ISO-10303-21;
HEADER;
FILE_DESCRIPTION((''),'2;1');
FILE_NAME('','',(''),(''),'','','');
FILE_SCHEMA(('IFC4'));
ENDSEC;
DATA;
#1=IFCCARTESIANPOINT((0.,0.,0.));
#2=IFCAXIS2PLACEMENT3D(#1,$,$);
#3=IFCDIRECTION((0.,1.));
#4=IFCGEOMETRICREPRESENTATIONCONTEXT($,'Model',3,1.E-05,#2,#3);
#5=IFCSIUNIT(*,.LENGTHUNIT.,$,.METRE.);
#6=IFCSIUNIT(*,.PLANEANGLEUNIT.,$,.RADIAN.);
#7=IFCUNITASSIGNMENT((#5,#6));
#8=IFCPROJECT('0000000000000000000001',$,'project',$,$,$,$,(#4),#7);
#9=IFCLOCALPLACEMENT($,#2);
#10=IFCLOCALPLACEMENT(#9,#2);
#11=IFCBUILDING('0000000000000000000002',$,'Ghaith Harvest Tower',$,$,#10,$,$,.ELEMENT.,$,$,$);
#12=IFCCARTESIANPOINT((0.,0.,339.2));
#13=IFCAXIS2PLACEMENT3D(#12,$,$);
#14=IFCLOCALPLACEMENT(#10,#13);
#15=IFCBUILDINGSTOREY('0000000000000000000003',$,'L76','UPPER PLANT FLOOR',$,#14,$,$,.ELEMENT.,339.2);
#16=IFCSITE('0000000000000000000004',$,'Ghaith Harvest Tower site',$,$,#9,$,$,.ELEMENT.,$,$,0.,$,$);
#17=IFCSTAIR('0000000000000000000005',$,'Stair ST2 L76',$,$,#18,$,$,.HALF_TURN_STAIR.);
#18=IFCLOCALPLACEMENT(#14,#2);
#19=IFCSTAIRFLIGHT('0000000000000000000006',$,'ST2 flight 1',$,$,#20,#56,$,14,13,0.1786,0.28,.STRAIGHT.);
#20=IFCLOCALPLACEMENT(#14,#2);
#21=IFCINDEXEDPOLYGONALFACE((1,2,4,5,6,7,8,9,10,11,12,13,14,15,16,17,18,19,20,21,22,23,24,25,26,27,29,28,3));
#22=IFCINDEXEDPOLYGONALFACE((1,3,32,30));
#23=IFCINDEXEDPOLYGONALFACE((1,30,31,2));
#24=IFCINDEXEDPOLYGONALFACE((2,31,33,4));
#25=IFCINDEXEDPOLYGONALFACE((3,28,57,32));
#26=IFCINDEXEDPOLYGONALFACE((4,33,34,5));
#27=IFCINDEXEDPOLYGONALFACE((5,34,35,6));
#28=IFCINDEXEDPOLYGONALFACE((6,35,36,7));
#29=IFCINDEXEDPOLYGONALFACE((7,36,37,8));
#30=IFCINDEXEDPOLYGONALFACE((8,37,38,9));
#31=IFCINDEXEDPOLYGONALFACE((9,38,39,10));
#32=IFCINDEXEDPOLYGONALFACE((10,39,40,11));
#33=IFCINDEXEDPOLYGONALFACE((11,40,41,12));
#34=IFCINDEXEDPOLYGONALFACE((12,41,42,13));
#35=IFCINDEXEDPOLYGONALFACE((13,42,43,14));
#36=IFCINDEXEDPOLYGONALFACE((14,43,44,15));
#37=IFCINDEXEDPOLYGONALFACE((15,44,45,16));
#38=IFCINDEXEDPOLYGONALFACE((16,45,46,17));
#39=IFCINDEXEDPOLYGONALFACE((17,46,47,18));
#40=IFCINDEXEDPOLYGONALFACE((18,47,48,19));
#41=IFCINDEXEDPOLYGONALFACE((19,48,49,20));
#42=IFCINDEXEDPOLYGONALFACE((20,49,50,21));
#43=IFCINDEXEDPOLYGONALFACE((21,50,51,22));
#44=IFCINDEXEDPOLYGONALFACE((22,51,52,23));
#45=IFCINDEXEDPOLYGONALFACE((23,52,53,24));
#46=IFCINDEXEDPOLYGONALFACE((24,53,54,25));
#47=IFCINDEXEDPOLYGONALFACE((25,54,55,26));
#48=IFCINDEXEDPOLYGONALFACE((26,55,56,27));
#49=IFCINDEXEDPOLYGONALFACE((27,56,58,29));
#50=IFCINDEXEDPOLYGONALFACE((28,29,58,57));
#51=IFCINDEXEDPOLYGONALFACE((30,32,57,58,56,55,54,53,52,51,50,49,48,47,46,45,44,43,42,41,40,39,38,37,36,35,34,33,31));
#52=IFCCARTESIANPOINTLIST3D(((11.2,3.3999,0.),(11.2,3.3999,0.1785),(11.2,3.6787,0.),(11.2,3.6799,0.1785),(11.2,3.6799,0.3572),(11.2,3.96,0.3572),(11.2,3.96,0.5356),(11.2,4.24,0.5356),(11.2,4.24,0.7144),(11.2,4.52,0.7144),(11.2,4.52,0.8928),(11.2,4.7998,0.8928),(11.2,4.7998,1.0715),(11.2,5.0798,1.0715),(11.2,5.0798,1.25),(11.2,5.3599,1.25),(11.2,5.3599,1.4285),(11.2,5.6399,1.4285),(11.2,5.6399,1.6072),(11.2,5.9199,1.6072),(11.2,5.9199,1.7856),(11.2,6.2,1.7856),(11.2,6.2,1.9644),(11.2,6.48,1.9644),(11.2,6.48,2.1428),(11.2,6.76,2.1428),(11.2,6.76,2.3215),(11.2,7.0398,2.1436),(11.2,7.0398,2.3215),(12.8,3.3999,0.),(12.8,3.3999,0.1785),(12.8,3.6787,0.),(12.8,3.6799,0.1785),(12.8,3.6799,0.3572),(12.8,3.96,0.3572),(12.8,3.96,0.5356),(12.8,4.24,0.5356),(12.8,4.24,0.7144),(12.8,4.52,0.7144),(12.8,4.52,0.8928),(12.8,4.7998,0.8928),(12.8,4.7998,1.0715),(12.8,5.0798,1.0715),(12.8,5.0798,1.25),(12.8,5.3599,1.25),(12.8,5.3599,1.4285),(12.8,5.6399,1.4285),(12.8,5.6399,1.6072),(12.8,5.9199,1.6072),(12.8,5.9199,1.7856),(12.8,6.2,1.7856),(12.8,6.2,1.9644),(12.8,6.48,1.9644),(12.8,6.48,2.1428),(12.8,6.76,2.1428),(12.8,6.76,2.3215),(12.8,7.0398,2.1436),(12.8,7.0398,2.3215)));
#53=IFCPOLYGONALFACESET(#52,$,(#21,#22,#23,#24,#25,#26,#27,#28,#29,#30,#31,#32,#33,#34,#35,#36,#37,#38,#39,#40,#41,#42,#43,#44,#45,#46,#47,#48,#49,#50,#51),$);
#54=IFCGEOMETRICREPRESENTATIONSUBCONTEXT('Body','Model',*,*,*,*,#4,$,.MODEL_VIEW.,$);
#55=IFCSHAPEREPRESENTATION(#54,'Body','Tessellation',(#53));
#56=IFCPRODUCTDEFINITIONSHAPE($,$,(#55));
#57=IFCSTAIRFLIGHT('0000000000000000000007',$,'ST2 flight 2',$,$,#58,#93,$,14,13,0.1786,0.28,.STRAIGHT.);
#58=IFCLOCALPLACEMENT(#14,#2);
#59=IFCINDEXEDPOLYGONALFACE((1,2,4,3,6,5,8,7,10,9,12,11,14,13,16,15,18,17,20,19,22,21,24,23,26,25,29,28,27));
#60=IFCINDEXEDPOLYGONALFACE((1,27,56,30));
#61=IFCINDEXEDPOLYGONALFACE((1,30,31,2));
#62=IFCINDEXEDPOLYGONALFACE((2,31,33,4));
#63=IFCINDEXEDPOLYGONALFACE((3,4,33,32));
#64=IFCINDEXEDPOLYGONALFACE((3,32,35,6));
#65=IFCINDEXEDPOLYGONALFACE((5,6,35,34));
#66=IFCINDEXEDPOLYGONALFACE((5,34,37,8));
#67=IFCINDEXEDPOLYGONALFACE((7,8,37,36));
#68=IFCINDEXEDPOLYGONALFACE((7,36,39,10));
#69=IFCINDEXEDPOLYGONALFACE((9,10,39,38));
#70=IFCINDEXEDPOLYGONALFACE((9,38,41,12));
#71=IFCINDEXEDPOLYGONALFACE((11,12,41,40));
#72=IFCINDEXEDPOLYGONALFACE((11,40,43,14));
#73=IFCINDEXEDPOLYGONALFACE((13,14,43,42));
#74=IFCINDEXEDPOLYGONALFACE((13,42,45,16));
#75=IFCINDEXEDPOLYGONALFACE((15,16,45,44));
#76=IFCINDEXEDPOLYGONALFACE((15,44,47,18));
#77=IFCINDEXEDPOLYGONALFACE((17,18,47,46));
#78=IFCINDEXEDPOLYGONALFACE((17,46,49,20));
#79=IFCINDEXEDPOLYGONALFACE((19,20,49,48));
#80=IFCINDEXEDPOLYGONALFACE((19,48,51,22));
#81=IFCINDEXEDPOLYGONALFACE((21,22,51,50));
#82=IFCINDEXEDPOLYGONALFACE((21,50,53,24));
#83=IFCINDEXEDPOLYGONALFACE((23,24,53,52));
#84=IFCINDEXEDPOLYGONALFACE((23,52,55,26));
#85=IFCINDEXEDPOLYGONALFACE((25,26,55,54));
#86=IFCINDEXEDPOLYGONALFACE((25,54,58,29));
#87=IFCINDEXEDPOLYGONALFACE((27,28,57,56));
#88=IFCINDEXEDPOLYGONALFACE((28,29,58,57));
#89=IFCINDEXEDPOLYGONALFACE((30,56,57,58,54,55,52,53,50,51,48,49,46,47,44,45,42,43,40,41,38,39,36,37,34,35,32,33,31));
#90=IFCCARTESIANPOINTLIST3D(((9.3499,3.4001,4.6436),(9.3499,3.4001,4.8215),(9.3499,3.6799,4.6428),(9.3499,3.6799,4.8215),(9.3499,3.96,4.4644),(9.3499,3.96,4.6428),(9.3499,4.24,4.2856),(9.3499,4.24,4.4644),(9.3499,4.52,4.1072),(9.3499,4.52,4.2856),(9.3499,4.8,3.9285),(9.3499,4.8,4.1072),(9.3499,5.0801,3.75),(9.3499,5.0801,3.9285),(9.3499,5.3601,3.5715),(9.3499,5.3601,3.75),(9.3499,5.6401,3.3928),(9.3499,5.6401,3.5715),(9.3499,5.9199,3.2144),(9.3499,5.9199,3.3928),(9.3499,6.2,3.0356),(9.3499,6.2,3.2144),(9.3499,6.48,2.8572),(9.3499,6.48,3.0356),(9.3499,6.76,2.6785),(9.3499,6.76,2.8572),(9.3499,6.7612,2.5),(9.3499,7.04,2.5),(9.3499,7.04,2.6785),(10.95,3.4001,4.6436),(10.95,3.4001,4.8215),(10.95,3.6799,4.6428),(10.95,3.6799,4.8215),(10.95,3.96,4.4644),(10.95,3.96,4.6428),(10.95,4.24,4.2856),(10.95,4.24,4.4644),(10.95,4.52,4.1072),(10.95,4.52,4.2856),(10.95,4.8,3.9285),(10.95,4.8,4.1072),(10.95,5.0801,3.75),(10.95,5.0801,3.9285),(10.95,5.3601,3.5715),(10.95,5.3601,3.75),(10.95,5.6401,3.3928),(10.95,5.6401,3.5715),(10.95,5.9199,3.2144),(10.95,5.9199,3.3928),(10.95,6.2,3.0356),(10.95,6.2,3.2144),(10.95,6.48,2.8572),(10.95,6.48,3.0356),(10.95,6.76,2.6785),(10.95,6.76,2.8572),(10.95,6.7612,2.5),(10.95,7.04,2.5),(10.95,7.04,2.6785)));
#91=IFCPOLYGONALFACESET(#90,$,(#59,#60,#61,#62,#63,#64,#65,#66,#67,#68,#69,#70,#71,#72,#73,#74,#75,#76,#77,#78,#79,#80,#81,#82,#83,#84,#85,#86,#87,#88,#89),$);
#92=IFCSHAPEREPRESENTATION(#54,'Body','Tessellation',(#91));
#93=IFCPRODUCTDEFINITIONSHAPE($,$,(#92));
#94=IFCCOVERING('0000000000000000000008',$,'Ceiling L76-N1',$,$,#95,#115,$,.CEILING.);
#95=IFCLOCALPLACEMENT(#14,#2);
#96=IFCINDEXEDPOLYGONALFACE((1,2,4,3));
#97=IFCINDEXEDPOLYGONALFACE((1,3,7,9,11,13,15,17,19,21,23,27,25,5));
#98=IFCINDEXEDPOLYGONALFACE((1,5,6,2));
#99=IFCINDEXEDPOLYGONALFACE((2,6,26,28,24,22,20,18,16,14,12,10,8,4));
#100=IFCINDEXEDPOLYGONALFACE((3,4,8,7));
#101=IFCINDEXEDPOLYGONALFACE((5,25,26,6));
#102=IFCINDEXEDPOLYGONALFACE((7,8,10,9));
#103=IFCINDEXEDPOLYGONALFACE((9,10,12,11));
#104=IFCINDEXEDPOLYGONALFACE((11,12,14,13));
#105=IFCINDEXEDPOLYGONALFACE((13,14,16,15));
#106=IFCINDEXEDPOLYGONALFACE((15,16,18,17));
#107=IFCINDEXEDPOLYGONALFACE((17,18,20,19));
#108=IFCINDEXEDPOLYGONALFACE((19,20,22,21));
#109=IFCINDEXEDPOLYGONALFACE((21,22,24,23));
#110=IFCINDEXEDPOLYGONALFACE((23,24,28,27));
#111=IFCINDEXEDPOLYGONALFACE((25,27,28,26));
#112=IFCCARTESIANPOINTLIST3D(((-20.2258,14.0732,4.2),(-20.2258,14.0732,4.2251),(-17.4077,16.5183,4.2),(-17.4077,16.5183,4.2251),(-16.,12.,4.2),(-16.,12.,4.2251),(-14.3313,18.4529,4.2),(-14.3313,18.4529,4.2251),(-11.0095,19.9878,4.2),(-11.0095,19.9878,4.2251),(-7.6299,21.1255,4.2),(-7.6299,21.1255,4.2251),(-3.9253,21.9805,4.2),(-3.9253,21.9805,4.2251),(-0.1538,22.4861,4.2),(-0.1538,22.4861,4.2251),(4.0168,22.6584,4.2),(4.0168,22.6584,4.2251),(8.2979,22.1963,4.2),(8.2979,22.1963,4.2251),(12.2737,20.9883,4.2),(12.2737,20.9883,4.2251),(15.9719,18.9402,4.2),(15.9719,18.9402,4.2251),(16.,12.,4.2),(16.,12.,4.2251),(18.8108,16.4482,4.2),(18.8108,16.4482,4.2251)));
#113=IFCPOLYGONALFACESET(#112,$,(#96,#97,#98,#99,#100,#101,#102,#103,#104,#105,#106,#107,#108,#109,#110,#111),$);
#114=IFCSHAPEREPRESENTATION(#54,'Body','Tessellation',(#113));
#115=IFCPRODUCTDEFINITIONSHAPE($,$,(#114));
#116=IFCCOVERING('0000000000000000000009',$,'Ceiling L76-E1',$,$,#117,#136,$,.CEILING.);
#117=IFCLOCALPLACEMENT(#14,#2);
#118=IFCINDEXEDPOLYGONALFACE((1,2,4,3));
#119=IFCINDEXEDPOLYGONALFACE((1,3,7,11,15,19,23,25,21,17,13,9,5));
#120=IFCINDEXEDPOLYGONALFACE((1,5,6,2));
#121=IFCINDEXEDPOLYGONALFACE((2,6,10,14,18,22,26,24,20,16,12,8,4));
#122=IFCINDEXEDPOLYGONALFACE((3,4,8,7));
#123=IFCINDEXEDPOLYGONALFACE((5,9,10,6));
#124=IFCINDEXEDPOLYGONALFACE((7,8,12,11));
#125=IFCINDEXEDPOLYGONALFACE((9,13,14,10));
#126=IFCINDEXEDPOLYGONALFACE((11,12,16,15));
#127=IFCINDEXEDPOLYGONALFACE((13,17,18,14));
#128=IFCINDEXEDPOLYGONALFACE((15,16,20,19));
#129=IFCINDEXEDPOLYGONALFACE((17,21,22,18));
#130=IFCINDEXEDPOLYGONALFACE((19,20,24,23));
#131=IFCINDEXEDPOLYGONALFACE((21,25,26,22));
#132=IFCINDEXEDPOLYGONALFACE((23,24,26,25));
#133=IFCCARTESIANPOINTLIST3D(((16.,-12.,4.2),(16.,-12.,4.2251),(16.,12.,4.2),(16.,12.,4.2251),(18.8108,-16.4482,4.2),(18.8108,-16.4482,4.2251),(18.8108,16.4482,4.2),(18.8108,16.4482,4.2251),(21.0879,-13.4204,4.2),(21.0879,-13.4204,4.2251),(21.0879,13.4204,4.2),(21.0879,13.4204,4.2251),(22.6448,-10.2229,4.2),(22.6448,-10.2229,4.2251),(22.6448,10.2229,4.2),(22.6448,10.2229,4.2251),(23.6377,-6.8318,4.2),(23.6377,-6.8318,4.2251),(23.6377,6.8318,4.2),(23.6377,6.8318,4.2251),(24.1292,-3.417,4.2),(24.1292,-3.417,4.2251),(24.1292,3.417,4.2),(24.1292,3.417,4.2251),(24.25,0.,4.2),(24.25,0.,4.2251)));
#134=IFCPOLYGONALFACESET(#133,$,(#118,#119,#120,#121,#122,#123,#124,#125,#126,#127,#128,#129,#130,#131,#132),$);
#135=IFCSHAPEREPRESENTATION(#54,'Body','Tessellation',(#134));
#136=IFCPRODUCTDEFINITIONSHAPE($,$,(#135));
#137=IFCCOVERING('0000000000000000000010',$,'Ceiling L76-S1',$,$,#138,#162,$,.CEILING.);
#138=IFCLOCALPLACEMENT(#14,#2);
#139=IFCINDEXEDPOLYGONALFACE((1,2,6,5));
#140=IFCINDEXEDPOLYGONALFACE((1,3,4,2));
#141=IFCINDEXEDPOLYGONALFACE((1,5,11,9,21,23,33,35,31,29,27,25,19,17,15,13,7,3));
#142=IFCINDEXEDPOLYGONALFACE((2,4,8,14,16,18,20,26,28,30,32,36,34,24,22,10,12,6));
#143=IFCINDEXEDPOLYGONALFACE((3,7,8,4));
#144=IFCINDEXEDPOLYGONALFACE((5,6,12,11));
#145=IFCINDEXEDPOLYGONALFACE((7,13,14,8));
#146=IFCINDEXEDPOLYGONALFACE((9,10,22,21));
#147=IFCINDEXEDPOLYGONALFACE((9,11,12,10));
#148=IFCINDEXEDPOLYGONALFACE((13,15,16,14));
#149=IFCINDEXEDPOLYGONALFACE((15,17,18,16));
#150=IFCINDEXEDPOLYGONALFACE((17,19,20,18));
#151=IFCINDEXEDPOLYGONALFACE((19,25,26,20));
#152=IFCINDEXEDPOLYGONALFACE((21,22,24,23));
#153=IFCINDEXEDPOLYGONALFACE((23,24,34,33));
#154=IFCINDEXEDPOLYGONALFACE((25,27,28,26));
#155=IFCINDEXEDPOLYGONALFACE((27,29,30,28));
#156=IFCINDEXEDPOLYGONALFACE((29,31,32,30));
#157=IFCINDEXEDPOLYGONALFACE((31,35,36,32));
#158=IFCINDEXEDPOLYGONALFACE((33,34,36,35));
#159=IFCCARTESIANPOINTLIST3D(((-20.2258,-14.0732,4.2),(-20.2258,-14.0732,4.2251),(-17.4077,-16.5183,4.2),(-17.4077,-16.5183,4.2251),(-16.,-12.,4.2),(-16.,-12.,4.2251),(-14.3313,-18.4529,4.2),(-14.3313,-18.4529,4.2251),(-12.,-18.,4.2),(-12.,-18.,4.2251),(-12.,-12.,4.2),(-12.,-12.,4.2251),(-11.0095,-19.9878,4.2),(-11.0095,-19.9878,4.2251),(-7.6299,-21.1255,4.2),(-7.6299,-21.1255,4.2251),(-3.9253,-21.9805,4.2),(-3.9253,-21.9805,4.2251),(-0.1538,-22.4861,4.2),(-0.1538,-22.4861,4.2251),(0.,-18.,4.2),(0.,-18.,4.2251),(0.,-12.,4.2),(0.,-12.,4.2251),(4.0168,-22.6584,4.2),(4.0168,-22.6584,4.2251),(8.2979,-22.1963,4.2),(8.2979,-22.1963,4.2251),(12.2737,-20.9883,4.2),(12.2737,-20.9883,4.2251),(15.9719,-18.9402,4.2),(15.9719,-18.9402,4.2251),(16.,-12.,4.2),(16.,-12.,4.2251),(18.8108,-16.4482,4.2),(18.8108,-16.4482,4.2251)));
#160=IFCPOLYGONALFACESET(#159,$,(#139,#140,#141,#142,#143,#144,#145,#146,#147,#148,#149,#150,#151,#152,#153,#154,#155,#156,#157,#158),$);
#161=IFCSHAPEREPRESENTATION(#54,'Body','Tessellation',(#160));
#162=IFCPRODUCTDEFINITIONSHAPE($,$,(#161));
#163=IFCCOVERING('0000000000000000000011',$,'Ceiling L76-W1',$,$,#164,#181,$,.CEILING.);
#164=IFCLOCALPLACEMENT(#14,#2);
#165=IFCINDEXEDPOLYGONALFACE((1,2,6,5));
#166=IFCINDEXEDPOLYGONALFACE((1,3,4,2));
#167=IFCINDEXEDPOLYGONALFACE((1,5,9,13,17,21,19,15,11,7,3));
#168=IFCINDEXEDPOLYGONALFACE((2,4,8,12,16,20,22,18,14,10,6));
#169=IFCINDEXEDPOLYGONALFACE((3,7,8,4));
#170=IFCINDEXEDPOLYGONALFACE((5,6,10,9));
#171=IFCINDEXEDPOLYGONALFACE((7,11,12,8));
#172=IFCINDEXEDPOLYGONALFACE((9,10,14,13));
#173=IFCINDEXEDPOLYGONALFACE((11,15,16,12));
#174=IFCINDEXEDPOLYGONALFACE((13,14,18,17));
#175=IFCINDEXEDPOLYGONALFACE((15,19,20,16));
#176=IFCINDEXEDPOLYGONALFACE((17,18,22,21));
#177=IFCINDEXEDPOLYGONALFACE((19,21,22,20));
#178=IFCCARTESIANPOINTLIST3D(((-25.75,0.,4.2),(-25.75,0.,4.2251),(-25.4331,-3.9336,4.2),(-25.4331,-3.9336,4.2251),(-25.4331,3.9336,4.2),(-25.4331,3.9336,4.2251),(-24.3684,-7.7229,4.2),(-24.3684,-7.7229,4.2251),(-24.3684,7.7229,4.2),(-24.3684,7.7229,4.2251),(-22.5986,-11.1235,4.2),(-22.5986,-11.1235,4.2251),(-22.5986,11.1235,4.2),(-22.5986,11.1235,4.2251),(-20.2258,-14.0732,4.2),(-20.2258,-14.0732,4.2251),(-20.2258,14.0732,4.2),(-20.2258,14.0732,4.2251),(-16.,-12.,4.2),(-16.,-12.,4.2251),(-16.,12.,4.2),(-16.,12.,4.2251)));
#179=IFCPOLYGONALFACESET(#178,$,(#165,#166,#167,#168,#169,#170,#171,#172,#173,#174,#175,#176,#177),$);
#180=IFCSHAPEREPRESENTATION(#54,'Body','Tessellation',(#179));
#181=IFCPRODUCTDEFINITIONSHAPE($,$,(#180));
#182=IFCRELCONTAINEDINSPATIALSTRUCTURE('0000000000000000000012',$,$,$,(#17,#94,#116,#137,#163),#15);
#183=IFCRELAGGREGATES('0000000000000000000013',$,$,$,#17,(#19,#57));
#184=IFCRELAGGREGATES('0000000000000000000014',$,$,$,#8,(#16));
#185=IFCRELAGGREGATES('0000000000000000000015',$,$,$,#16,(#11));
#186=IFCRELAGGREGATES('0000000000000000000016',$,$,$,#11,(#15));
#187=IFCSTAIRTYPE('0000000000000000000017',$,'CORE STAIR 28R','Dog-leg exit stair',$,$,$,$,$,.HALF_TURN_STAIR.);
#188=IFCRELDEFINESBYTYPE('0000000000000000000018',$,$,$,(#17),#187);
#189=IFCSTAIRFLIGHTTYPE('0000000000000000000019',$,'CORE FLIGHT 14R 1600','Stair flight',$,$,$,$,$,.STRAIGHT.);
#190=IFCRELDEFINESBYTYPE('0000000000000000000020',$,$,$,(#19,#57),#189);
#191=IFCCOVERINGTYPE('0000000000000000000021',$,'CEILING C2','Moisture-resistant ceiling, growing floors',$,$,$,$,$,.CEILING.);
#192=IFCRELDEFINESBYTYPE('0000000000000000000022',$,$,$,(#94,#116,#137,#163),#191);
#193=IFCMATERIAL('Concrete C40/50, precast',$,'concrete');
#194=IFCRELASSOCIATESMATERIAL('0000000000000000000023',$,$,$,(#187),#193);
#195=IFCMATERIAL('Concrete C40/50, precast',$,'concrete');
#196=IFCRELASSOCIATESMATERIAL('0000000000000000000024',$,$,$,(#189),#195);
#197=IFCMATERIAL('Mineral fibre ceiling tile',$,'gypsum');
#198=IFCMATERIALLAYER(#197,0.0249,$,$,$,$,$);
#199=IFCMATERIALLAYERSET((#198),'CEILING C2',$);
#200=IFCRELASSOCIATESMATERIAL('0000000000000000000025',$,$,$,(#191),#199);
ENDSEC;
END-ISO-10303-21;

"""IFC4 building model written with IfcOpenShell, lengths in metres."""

from ifc_helpers import new_model, si_unit, direction, frame, origin, place, context, subcontext, project, spatial, polyline, outline, extrude, material, layer, layer_set, type_object, element, aggregate, save


model = new_model("IFC4")

# Units and contexts
model_context = context("Model", 3, precision=1e-05, world=origin(), true_north=direction((0.0, 1.0)))
body_context = subcontext(model_context, "Body", "Model", "MODEL_VIEW")
ifc_project = project(units=[si_unit("LENGTHUNIT", "METRE"), si_unit("PLANEANGLEUNIT", "RADIAN")], contexts=[model_context])

# Site, building, storey
site_placement = place(None, origin())
site = spatial("IfcSite", under=ifc_project, at=site_placement, Name="Ghaith Harvest Tower site", CompositionType="ELEMENT", RefElevation=0.0)
building_placement = place(site_placement, origin())
building = spatial("IfcBuilding", under=site, at=building_placement, Name="Ghaith Harvest Tower", CompositionType="ELEMENT")
storey_placement = place(building_placement, frame((0.0, 0.0, 339.2)))
storey = spatial("IfcBuildingStorey", under=building, at=storey_placement, Name="L76", Description="UPPER PLANT FLOOR", CompositionType="ELEMENT", Elevation=339.2)

# Stair, stair flights
ifc_material_1 = material(Name="Concrete C40/50, precast", Category="concrete")
stair_type = type_object("IfcStairType", Name="CORE STAIR 28R", Description="Dog-leg exit stair", PredefinedType="HALF_TURN_STAIR", material=ifc_material_1)
stair_placement = place(storey_placement, origin())
stair = element("IfcStair", 1, at=stair_placement, inside=storey, type_object=stair_type, Name="Stair ST2 L76", PredefinedType="HALF_TURN_STAIR")
ifc_material_2 = material(Name="Concrete C40/50, precast", Category="concrete")
stair_flight_type = type_object("IfcStairFlightType", Name="CORE FLIGHT 14R 1600", Description="Stair flight", PredefinedType="STRAIGHT", material=ifc_material_2)
stair_flight_1_placement = place(storey_placement, frame((12.0, 3.3999, 0.0), z_axis=(0.0, 0.0, 1.0), x_axis=(0.0, 1.0, 0.0)))
stair_flight_1 = element("IfcStairFlight", 2, at=stair_flight_1_placement, type_object=stair_flight_type, Name="ST2 flight 1", NumberOfRisers=14, NumberOfTreads=13, PredefinedType="STRAIGHT", RiserHeight=0.1786, TreadLength=0.28, context=body_context, shape_type="SweptSolid", body=[
    extrude(outline(polyline([(0.0, 0.0), (0.0, 0.1785), (0.28, 0.1785), (0.28, 0.3572), (0.5601, 0.3572), (0.5601, 0.5356), (0.8401, 0.5356), (0.8401, 0.7144), (1.1201, 0.7144), (1.1201, 0.8928), (1.3999, 0.8928), (1.3999, 1.0715), (1.6799, 1.0715), (1.6799, 1.25), (1.96, 1.25), (1.96, 1.4285), (2.24, 1.4285), (2.24, 1.6072), (2.52, 1.6072), (2.52, 1.7856), (2.8, 1.7856), (2.8, 1.9644), (3.0801, 1.9644), (3.0801, 2.1428), (3.3601, 2.1428), (3.3601, 2.3215), (3.6399, 2.3215), (3.6399, 2.5), (3.6399, 2.1436), (0.2788, 0.0), (0.0, 0.0)])), frame((0.0, 0.8, 0.0), z_axis=(0.0, -1.0, 0.0), x_axis=(1.0, 0.0, 0.0)), (0.0, 0.0, 1.0), 1.6001),
])
stair_flight_2_placement = place(storey_placement, frame((10.1499, 7.04, 2.5), z_axis=(0.0, 0.0, 1.0), x_axis=(0.0, -1.0, 0.0)))
stair_flight_2 = element("IfcStairFlight", 3, at=stair_flight_2_placement, type_object=stair_flight_type, Name="ST2 flight 2", NumberOfRisers=14, NumberOfTreads=13, PredefinedType="STRAIGHT", RiserHeight=0.1786, TreadLength=0.28, context=body_context, shape_type="SweptSolid", body=[
    extrude(outline(polyline([(0.0, 0.0), (0.0, 0.1785), (0.28, 0.1785), (0.28, 0.3572), (0.5601, 0.3572), (0.5601, 0.5356), (0.8401, 0.5356), (0.8401, 0.7144), (1.1201, 0.7144), (1.1201, 0.8928), (1.3999, 0.8928), (1.3999, 1.0715), (1.6799, 1.0715), (1.6799, 1.25), (1.96, 1.25), (1.96, 1.4285), (2.24, 1.4285), (2.24, 1.6072), (2.52, 1.6072), (2.52, 1.7856), (2.8, 1.7856), (2.8, 1.9644), (3.0801, 1.9644), (3.0801, 2.1428), (3.3601, 2.1428), (3.3601, 2.3215), (3.6399, 2.3215), (3.6399, 2.5), (3.6399, 2.1436), (0.2788, 0.0), (0.0, 0.0)])), frame((0.0, 0.8, 0.0), z_axis=(0.0, -1.0, 0.0), x_axis=(1.0, 0.0, 0.0)), (0.0, 0.0, 1.0), 1.6001),
])
aggregate(stair, [stair_flight_1, stair_flight_2])

# Coverings
ifc_material_3 = material(Name="Mineral fibre ceiling tile", Category="gypsum")
ifc_layer_1 = layer(ifc_material_3, 0.0249)
ifc_layer_set_1 = layer_set([ifc_layer_1], Name="CEILING C2")
covering_type = type_object("IfcCoveringType", Name="CEILING C2", Description="Moisture-resistant ceiling, growing floors", PredefinedType="CEILING", material=ifc_layer_set_1)
covering_1_placement = place(storey_placement, frame((0.0, 0.0, 4.2)))
element("IfcCovering", 4, at=covering_1_placement, inside=storey, type_object=covering_type, Name="Ceiling L76-N1", PredefinedType="CEILING", context=body_context, shape_type="SweptSolid", body=[
    extrude(outline(polyline([(-17.4077, 16.5183), (-14.3313, 18.4529), (-11.0095, 19.9878), (-7.6299, 21.1255), (-3.9253, 21.9805), (-0.1538, 22.4861), (4.0168, 22.6584), (8.2979, 22.1963), (12.2737, 20.9883), (15.9719, 18.9402), (18.8108, 16.4482), (16.0, 12.0), (-16.0, 12.0), (-20.2258, 14.0732), (-17.4077, 16.5183)])), origin(), (0.0, 0.0, 1.0), 0.0251),
])
covering_2_placement = place(storey_placement, frame((0.0, 0.0, 4.2)))
element("IfcCovering", 5, at=covering_2_placement, inside=storey, type_object=covering_type, Name="Ceiling L76-E1", PredefinedType="CEILING", context=body_context, shape_type="SweptSolid", body=[
    extrude(outline(polyline([(21.0879, -13.4204), (18.8108, -16.4482), (16.0, -12.0), (16.0, 12.0), (18.8108, 16.4482), (21.0879, 13.4204), (22.6448, 10.2229), (23.6377, 6.8318), (24.1292, 3.417), (24.25, 0.0), (24.1292, -3.417), (23.6377, -6.8318), (22.6448, -10.2229), (21.0879, -13.4204)])), origin(), (0.0, 0.0, 1.0), 0.0251),
])
covering_3_placement = place(storey_placement, frame((0.0, 0.0, 4.2)))
element("IfcCovering", 6, at=covering_3_placement, inside=storey, type_object=covering_type, Name="Ceiling L76-S1", PredefinedType="CEILING", context=body_context, shape_type="SweptSolid", body=[
    extrude(outline(polyline([(15.9719, -18.9402), (12.2737, -20.9883), (8.2979, -22.1963), (4.0168, -22.6584), (-0.1538, -22.4861), (-3.9253, -21.9805), (-7.6299, -21.1255), (-11.0095, -19.9878), (-14.3313, -18.4529), (-17.4077, -16.5183), (-20.2258, -14.0732), (-16.0, -12.0), (-12.0, -12.0), (-12.0, -18.0), (0.0, -18.0), (0.0, -12.0), (16.0, -12.0), (18.8108, -16.4482), (15.9719, -18.9402)])), origin(), (0.0, 0.0, 1.0), 0.0251),
])
covering_4_placement = place(storey_placement, frame((0.0, 0.0, 4.2)))
element("IfcCovering", 7, at=covering_4_placement, inside=storey, type_object=covering_type, Name="Ceiling L76-W1", PredefinedType="CEILING", context=body_context, shape_type="SweptSolid", body=[
    extrude(outline(polyline([(-22.5986, -11.1235), (-24.3684, -7.7229), (-25.4331, -3.9336), (-25.75, 0.0), (-25.4331, 3.9336), (-24.3684, 7.7229), (-22.5986, 11.1235), (-20.2258, 14.0732), (-16.0, 12.0), (-16.0, -12.0), (-20.2258, -14.0732), (-22.5986, -11.1235)])), origin(), (0.0, 0.0, 1.0), 0.0251),
])

save(model, "model.ifc")
